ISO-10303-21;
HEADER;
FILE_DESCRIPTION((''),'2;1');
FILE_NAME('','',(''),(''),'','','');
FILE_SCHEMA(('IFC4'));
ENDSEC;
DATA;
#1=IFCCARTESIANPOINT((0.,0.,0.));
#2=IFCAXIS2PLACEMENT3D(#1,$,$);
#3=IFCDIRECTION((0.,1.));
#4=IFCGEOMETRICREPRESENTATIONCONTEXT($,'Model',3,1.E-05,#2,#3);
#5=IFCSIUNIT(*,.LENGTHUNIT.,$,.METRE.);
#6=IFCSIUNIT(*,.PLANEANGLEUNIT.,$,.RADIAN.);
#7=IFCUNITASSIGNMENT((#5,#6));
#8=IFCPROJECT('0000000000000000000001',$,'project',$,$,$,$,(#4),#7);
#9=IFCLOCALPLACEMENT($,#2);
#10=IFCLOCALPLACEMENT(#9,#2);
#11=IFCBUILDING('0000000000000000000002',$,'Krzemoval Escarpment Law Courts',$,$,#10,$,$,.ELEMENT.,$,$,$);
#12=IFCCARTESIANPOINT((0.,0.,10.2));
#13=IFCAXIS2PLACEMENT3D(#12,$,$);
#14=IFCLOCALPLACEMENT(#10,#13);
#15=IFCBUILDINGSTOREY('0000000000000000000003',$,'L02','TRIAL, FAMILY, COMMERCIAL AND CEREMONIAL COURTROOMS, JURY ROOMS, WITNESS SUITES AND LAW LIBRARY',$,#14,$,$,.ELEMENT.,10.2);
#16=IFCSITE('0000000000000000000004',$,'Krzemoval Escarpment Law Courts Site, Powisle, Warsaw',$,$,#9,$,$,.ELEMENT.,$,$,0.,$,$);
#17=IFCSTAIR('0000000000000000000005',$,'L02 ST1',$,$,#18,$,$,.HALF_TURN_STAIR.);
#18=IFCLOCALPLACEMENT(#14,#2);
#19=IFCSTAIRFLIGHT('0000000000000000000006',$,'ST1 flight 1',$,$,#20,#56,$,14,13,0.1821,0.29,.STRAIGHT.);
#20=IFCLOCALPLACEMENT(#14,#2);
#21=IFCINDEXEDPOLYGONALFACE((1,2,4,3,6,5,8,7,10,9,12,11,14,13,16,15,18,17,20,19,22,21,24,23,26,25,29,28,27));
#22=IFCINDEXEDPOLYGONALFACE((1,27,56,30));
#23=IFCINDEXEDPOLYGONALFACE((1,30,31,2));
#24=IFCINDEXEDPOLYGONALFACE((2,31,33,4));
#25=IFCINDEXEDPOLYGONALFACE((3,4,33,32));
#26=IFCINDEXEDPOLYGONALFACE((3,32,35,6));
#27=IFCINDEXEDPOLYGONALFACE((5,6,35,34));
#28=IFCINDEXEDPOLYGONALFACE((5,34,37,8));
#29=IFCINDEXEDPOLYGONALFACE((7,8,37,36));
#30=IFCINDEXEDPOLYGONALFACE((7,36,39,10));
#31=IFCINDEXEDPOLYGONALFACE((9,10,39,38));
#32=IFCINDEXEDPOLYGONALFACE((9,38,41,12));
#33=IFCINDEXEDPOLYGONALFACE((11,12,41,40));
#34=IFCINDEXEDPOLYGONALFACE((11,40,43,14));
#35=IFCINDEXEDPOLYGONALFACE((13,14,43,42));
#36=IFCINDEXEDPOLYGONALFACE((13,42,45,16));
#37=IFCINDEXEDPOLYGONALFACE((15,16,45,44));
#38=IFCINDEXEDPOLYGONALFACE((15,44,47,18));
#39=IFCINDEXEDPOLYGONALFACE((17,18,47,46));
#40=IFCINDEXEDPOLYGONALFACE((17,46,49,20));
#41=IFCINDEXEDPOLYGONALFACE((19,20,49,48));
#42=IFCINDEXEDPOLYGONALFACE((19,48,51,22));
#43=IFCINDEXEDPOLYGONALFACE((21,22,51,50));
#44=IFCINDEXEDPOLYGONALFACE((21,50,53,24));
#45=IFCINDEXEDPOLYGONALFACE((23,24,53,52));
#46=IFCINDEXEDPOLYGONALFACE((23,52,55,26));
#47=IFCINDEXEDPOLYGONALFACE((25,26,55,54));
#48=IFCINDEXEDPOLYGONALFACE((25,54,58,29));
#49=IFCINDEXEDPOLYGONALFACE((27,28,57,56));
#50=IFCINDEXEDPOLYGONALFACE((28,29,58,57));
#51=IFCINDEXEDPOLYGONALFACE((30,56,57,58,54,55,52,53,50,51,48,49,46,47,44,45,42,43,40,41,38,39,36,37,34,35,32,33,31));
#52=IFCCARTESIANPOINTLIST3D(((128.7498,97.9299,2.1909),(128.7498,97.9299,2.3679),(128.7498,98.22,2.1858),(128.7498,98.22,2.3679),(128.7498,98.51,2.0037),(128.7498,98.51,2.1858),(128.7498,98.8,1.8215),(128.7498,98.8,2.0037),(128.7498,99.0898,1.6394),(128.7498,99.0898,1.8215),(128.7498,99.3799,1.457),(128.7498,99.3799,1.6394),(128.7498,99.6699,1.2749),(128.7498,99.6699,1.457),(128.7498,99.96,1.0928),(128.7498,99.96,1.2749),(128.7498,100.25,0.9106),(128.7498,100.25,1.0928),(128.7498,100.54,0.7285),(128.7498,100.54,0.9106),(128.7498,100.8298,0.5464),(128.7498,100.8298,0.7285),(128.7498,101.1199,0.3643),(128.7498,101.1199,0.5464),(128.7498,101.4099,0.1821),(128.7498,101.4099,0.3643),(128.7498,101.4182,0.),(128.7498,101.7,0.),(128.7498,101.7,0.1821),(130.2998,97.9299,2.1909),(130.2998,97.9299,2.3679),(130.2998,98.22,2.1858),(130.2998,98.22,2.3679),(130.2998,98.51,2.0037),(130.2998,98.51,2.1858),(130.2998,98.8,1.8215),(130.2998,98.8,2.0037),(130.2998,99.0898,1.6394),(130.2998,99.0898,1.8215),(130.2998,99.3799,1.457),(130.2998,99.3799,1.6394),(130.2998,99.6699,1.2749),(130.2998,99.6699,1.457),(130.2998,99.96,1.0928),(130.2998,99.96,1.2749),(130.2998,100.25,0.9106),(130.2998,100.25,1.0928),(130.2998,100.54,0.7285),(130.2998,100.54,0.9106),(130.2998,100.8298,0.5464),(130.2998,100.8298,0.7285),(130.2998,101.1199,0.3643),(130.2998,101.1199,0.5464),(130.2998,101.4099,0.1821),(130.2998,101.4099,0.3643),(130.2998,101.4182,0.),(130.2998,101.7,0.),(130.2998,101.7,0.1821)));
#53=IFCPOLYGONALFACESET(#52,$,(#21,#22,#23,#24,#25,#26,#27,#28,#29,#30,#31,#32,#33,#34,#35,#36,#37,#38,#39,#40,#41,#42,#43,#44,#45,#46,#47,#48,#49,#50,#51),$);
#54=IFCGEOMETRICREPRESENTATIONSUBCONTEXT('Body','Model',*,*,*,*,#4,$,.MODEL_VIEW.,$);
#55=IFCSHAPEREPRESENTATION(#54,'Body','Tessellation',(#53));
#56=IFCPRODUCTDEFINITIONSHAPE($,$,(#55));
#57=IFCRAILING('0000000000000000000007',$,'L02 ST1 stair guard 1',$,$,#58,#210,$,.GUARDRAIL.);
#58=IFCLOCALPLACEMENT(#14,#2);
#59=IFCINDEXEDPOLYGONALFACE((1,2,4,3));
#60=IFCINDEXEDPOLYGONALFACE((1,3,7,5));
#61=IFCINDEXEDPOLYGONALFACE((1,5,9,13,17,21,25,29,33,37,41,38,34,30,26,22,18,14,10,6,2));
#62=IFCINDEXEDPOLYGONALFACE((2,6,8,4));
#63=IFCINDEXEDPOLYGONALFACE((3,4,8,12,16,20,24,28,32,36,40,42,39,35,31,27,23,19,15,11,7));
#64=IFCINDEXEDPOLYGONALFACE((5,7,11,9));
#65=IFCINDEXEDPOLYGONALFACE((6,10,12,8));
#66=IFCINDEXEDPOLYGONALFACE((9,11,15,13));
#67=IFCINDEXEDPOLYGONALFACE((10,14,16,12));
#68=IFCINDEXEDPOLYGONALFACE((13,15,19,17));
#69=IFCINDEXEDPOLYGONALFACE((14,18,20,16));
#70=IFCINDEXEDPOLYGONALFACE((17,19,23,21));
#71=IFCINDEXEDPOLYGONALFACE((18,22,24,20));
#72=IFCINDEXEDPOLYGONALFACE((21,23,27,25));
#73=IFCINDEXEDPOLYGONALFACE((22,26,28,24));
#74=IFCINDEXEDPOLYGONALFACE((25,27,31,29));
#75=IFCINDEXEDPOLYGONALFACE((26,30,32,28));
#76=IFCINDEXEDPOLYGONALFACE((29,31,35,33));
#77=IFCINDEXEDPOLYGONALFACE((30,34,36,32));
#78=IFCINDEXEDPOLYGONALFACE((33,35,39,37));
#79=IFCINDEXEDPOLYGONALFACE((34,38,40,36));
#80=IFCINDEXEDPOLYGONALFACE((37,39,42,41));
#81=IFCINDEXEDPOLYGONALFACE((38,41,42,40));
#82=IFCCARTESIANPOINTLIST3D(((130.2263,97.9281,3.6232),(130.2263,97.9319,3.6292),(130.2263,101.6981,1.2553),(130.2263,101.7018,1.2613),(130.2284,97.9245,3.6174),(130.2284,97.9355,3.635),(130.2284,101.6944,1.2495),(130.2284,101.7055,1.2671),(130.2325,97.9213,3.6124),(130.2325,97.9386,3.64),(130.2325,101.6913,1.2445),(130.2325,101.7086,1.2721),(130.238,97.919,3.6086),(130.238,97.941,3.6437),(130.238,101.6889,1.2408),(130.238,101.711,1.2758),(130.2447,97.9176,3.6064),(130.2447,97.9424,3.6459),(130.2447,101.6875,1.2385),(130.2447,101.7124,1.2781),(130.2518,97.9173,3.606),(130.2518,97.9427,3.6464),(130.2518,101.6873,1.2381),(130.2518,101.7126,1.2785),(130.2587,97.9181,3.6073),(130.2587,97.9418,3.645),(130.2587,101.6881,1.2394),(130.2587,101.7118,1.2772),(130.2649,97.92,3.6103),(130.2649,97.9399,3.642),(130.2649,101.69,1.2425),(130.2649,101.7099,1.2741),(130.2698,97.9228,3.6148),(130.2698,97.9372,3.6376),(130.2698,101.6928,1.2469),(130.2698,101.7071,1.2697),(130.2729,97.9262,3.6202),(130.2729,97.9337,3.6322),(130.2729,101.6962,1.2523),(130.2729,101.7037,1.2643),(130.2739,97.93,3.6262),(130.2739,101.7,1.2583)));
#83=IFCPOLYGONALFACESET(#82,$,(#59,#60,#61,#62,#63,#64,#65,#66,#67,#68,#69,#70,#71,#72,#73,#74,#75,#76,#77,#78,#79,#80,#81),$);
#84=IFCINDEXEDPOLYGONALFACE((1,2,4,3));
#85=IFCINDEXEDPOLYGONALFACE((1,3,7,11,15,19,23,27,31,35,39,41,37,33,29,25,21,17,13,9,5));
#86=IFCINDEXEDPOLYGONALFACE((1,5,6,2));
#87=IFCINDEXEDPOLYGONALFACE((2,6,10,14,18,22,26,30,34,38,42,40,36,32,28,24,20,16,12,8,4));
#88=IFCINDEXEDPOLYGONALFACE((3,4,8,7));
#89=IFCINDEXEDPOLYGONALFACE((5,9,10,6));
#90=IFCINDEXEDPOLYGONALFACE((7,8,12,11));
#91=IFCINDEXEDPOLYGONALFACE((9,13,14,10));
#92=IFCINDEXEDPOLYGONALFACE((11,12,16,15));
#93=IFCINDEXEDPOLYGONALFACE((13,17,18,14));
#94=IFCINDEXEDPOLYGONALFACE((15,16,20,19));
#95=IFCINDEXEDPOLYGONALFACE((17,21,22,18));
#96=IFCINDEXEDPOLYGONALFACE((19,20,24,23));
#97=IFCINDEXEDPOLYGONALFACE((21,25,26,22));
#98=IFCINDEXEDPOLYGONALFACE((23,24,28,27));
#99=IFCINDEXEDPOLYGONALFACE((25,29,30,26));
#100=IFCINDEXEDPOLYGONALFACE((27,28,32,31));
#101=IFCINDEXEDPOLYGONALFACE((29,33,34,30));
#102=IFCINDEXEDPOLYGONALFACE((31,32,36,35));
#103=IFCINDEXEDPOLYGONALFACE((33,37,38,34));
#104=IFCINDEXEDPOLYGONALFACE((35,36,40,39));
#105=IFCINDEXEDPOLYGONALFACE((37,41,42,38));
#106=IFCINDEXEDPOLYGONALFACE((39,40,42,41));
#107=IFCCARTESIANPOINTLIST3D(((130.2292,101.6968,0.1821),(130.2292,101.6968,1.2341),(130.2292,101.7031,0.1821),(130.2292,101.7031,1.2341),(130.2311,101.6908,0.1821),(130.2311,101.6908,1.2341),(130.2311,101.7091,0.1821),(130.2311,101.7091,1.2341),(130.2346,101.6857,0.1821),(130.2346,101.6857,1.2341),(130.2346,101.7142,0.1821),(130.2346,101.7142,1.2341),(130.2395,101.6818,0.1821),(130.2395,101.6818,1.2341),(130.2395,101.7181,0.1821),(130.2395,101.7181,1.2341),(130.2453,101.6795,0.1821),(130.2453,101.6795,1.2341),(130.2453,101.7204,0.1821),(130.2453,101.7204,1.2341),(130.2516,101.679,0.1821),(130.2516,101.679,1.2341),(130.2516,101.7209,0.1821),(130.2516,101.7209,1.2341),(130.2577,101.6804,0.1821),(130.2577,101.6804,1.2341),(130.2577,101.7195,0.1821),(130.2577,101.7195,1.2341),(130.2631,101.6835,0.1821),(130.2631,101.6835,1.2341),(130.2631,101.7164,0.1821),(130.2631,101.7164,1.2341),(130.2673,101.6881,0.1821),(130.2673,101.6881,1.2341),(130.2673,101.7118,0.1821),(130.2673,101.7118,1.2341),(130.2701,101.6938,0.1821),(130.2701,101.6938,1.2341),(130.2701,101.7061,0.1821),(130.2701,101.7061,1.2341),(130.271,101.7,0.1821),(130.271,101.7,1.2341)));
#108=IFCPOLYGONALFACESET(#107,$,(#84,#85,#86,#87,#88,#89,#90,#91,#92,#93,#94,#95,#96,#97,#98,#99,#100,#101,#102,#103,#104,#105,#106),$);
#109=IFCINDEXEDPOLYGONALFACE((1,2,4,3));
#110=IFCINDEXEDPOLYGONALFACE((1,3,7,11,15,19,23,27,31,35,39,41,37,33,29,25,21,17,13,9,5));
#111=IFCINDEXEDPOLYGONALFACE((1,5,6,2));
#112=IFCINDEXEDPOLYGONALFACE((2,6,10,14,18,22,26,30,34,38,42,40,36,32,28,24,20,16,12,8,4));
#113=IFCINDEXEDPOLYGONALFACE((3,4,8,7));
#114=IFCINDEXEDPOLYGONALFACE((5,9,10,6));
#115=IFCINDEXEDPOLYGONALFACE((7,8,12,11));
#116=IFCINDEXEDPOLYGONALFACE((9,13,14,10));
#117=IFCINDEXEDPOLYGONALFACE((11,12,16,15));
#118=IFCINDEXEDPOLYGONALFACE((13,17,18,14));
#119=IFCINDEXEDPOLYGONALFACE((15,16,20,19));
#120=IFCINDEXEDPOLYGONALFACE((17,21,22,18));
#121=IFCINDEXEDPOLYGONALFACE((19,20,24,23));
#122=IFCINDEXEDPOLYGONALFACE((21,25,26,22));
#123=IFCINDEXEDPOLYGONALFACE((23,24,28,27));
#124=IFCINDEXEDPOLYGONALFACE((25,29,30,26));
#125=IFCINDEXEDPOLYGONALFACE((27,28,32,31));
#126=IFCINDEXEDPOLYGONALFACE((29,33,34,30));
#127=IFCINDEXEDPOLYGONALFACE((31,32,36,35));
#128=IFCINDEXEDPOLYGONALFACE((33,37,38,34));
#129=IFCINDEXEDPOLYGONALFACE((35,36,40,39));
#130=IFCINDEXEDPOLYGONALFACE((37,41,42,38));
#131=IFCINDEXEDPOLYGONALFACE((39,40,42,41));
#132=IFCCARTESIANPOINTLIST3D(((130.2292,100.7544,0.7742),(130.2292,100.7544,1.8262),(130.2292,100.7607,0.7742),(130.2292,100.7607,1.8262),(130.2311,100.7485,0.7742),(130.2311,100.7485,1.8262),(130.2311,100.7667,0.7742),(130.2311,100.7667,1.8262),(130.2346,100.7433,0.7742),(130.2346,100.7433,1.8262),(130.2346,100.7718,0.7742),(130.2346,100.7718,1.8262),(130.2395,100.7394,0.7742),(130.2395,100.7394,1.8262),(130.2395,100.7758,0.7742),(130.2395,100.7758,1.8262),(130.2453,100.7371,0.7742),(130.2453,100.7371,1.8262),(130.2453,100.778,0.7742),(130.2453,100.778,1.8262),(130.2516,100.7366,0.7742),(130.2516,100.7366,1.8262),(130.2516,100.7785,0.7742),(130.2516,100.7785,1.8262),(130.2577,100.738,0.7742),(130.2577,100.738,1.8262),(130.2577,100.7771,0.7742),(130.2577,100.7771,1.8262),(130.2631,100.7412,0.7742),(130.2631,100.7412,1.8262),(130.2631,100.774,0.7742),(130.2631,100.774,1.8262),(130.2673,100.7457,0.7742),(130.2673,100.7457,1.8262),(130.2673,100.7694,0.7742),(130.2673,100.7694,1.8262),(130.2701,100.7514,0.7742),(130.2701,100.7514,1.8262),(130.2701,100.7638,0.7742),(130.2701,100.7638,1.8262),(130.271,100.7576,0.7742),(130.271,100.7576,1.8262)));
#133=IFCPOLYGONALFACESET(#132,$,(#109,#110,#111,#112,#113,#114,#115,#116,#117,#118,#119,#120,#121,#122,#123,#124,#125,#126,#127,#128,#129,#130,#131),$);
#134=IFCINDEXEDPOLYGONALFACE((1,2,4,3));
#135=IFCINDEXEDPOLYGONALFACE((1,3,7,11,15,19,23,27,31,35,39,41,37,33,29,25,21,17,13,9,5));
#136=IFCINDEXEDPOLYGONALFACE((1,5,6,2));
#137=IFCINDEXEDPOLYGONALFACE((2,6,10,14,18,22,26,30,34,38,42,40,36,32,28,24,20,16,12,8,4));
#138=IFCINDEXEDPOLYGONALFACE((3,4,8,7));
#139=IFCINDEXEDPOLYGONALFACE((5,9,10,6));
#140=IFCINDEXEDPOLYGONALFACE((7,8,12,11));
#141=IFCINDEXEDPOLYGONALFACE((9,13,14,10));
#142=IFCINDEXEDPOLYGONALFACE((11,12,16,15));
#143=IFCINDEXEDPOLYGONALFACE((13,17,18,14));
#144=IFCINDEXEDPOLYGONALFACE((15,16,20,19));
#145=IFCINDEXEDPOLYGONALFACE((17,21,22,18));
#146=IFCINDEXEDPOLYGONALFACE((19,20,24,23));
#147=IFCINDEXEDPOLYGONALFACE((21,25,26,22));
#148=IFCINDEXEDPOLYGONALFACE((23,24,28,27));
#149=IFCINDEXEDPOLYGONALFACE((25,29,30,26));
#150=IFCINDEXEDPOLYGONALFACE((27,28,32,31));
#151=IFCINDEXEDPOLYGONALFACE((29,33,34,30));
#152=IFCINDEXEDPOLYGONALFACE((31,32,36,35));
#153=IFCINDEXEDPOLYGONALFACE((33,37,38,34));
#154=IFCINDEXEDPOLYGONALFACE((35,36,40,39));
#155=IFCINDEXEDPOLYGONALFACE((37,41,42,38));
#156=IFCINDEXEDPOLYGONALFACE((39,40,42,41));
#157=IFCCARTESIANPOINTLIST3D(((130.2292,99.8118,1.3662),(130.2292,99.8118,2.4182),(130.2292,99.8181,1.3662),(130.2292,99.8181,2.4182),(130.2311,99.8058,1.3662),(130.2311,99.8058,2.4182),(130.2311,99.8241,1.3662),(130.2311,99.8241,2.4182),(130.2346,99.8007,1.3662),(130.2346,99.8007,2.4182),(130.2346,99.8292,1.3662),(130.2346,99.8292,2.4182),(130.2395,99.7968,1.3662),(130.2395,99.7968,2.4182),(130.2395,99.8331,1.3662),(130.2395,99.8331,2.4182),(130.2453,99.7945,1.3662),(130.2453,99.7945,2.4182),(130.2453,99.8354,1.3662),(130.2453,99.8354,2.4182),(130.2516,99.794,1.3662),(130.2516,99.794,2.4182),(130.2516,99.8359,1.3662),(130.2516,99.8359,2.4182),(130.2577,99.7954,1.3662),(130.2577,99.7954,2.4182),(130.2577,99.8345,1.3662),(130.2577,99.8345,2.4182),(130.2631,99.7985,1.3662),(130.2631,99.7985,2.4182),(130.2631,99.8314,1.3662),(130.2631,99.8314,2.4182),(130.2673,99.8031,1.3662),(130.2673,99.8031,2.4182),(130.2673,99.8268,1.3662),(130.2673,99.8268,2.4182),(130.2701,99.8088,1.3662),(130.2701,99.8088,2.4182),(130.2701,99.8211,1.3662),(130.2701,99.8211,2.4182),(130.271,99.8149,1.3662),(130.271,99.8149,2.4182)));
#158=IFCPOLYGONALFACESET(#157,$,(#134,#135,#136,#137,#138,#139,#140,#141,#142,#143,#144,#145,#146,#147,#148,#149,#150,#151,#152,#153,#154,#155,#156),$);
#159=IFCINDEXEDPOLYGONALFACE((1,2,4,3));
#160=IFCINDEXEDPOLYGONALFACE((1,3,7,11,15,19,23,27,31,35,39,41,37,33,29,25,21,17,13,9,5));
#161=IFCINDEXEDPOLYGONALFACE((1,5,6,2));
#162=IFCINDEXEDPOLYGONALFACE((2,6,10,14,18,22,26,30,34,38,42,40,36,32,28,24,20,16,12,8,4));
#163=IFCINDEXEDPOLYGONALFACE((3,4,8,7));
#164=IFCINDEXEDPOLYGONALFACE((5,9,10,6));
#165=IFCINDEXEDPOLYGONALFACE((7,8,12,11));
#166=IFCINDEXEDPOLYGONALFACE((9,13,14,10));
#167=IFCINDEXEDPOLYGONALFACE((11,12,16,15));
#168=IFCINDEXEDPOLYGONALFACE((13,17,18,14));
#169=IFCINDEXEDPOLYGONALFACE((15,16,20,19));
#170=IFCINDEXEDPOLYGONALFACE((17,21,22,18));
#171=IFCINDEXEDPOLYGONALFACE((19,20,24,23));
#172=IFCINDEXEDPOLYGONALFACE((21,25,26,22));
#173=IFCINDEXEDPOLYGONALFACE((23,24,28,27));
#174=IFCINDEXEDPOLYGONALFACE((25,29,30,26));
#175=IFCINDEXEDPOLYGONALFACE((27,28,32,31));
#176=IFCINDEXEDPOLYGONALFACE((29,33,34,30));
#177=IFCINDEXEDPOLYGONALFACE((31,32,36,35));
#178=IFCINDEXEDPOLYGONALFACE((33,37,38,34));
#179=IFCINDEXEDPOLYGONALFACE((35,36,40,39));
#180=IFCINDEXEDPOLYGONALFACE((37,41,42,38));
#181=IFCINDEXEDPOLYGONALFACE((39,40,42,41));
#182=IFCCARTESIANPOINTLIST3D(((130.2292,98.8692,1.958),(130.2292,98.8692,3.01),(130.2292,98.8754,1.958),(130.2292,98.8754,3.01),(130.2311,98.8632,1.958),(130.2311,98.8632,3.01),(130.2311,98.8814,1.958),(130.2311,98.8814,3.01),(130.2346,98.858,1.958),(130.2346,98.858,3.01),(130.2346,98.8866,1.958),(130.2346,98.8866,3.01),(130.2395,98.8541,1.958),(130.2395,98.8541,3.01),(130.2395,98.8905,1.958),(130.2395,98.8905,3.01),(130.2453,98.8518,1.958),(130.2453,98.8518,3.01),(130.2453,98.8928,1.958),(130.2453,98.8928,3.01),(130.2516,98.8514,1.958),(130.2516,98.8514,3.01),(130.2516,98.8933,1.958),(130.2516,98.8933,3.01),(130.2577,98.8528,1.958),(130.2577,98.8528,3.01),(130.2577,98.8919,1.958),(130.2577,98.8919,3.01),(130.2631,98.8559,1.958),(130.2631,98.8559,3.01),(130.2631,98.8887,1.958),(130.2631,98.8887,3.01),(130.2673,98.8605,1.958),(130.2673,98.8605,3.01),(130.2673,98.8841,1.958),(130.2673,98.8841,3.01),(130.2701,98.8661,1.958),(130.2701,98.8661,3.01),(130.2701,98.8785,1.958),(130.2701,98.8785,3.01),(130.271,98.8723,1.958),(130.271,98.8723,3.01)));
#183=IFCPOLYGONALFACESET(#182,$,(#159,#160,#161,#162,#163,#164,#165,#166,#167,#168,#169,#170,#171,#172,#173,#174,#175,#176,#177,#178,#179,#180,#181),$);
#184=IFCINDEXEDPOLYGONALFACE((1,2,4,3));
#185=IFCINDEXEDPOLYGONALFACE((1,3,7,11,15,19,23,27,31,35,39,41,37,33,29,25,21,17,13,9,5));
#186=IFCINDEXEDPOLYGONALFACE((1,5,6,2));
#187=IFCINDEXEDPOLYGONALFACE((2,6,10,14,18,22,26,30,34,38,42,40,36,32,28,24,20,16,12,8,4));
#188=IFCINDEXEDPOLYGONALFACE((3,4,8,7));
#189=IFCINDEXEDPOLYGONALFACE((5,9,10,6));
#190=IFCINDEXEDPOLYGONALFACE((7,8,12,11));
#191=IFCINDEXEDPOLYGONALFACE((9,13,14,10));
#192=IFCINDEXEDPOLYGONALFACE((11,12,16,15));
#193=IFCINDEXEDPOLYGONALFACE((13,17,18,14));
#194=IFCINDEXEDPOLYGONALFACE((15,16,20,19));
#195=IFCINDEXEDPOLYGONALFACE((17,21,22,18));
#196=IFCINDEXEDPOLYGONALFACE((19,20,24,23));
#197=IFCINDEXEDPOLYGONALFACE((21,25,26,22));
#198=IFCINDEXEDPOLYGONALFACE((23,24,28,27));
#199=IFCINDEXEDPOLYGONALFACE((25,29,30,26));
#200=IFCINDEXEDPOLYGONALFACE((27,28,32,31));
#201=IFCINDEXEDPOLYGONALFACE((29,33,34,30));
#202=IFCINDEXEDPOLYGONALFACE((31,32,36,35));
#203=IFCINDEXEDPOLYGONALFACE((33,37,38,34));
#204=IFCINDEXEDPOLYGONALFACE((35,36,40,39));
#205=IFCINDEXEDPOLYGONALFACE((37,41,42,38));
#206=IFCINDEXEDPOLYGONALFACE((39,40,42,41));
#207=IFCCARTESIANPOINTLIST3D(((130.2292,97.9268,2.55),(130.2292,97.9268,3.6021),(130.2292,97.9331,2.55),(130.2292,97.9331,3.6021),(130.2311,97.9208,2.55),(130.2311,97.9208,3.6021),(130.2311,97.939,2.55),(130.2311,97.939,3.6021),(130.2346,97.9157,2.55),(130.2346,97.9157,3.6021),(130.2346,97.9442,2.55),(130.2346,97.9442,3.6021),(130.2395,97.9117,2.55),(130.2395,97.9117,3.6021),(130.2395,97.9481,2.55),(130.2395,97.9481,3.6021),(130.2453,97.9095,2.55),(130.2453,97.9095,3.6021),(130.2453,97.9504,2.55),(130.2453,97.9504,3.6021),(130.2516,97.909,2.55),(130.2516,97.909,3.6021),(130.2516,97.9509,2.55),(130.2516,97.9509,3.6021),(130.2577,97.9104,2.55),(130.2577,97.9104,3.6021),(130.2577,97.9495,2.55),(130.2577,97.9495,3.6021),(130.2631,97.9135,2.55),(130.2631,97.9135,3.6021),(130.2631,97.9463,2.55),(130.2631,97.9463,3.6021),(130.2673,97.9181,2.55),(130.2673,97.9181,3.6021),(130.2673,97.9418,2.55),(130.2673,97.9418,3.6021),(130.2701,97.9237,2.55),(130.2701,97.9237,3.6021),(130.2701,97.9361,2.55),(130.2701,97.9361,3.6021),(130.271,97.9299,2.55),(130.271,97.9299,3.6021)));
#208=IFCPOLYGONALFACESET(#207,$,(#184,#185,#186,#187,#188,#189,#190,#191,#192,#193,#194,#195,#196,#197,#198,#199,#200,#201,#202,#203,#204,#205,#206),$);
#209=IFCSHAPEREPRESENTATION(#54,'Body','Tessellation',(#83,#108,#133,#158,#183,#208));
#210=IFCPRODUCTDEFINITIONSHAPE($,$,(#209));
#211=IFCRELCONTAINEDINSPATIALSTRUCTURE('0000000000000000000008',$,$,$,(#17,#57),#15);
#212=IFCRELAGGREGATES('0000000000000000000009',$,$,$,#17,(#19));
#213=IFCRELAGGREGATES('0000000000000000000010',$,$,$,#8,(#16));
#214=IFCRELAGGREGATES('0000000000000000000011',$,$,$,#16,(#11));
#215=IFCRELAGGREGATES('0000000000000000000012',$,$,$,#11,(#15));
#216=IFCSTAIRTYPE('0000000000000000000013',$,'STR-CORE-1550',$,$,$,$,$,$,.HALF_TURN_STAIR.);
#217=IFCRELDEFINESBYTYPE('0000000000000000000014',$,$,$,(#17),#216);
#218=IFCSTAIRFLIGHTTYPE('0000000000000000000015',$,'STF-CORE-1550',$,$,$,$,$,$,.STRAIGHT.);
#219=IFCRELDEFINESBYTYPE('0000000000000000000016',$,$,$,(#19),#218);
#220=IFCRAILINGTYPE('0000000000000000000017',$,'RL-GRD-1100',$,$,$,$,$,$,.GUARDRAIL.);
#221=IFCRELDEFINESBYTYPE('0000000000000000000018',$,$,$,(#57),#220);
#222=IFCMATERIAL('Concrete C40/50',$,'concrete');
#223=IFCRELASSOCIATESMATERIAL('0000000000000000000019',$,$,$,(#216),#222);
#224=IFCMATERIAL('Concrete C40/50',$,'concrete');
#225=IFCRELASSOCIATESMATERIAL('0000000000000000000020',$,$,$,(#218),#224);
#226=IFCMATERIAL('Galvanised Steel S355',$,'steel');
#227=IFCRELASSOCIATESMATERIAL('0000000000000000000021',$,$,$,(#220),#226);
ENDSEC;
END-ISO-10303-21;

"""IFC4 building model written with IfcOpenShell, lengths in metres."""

from ifc_helpers import new_model, si_unit, direction, frame, origin, origin_2d, place, context, subcontext, project, spatial, polyline, circle, outline, extrude, material, type_object, element, aggregate, save


model = new_model("IFC4")

# Units and contexts
model_context = context("Model", 3, precision=1e-05, world=origin(), true_north=direction((0.0, 1.0)))
body_context = subcontext(model_context, "Body", "Model", "MODEL_VIEW")
ifc_project = project(units=[si_unit("LENGTHUNIT", "METRE"), si_unit("PLANEANGLEUNIT", "RADIAN")], contexts=[model_context])

# Site, building, storey
site_placement = place(None, origin())
site = spatial("IfcSite", under=ifc_project, at=site_placement, Name="Krzemoval Escarpment Law Courts Site, Powisle, Warsaw", CompositionType="ELEMENT", RefElevation=0.0)
building_placement = place(site_placement, origin())
building = spatial("IfcBuilding", under=site, at=building_placement, Name="Krzemoval Escarpment Law Courts", CompositionType="ELEMENT")
storey_placement = place(building_placement, frame((0.0, 0.0, 10.2)))
storey = spatial("IfcBuildingStorey", under=building, at=storey_placement, Name="L02", Description="TRIAL, FAMILY, COMMERCIAL AND CEREMONIAL COURTROOMS, JURY ROOMS, WITNESS SUITES AND LAW LIBRARY", CompositionType="ELEMENT", Elevation=10.2)

# Stair, stair flight
ifc_material_1 = material(Name="Concrete C40/50", Category="concrete")
stair_type = type_object("IfcStairType", Name="STR-CORE-1550", PredefinedType="HALF_TURN_STAIR", material=ifc_material_1)
stair_placement = place(storey_placement, origin())
stair = element("IfcStair", 1, at=stair_placement, inside=storey, type_object=stair_type, Name="L02 ST1", PredefinedType="HALF_TURN_STAIR")
ifc_material_2 = material(Name="Concrete C40/50", Category="concrete")
stair_flight_type = type_object("IfcStairFlightType", Name="STF-CORE-1550", PredefinedType="STRAIGHT", material=ifc_material_2)
stair_flight_placement = place(storey_placement, frame((129.5249, 101.7, 0.0), z_axis=(0.0, 0.0, 1.0), x_axis=(0.0, -1.0, 0.0)))
stair_flight = element("IfcStairFlight", 2, at=stair_flight_placement, type_object=stair_flight_type, Name="ST1 flight 1", NumberOfRisers=14, NumberOfTreads=13, PredefinedType="STRAIGHT", RiserHeight=0.1821, TreadLength=0.29, context=body_context, shape_type="SweptSolid", body=[
    extrude(outline(polyline([(0.0, 0.0), (0.0, 0.1821), (0.29, 0.1821), (0.29, 0.3643), (0.5801, 0.3643), (0.5801, 0.5464), (0.8701, 0.5464), (0.8701, 0.7285), (1.1599, 0.7285), (1.1599, 0.9106), (1.45, 0.9106), (1.45, 1.0928), (1.74, 1.0928), (1.74, 1.2749), (2.03, 1.2749), (2.03, 1.457), (2.3201, 1.457), (2.3201, 1.6394), (2.6101, 1.6394), (2.6101, 1.8215), (2.8999, 1.8215), (2.8999, 2.0037), (3.1899, 2.0037), (3.1899, 2.1858), (3.48, 2.1858), (3.48, 2.3679), (3.77, 2.3679), (3.77, 2.55), (3.77, 2.1909), (0.2817, 0.0), (0.0, 0.0)])), frame((0.0, 0.7749, 0.0), z_axis=(0.0, -1.0, 0.0), x_axis=(1.0, 0.0, 0.0)), (0.0, 0.0, 1.0), 1.55),
])
aggregate(stair, [stair_flight])

# Railing
ifc_material_3 = material(Name="Galvanised Steel S355", Category="steel")
railing_type_1 = type_object("IfcRailingType", Name="RL-GRD-1100", PredefinedType="GUARDRAIL", material=ifc_material_3)
railing_1_placement = place(storey_placement, frame((130.25, 101.7, 0.1821)))
element("IfcRailing", 3, at=railing_1_placement, inside=storey, type_object=railing_type_1, Name="L02 ST1 stair guard 1", PredefinedType="GUARDRAIL", context=body_context, shape_type="SweptSolid", body=[
    extrude(circle(Radius=0.0239, at=origin_2d()), frame((0.0, 0.0, 1.0762), z_axis=(0.0, -0.846819, 0.531881), x_axis=(1.0, 0.0, 0.0)), (0.0, 0.0, 1.0), 4.4519),
    extrude(circle(Radius=0.021, at=origin_2d()), origin(), (0.0, 0.0, 1.0), 1.052),
    extrude(circle(Radius=0.021, at=origin_2d()), frame((0.0, -0.9424, 0.592)), (0.0, 0.0, 1.0), 1.052),
    extrude(circle(Radius=0.021, at=origin_2d()), frame((0.0, -1.885, 1.1841)), (0.0, 0.0, 1.0), 1.052),
    extrude(circle(Radius=0.021, at=origin_2d()), frame((0.0, -2.8276, 1.7759)), (0.0, 0.0, 1.0), 1.052),
    extrude(circle(Radius=0.021, at=origin_2d()), frame((0.0, -3.77, 2.3679)), (0.0, 0.0, 1.0), 1.052),
])

save(model, "model.ifc")
